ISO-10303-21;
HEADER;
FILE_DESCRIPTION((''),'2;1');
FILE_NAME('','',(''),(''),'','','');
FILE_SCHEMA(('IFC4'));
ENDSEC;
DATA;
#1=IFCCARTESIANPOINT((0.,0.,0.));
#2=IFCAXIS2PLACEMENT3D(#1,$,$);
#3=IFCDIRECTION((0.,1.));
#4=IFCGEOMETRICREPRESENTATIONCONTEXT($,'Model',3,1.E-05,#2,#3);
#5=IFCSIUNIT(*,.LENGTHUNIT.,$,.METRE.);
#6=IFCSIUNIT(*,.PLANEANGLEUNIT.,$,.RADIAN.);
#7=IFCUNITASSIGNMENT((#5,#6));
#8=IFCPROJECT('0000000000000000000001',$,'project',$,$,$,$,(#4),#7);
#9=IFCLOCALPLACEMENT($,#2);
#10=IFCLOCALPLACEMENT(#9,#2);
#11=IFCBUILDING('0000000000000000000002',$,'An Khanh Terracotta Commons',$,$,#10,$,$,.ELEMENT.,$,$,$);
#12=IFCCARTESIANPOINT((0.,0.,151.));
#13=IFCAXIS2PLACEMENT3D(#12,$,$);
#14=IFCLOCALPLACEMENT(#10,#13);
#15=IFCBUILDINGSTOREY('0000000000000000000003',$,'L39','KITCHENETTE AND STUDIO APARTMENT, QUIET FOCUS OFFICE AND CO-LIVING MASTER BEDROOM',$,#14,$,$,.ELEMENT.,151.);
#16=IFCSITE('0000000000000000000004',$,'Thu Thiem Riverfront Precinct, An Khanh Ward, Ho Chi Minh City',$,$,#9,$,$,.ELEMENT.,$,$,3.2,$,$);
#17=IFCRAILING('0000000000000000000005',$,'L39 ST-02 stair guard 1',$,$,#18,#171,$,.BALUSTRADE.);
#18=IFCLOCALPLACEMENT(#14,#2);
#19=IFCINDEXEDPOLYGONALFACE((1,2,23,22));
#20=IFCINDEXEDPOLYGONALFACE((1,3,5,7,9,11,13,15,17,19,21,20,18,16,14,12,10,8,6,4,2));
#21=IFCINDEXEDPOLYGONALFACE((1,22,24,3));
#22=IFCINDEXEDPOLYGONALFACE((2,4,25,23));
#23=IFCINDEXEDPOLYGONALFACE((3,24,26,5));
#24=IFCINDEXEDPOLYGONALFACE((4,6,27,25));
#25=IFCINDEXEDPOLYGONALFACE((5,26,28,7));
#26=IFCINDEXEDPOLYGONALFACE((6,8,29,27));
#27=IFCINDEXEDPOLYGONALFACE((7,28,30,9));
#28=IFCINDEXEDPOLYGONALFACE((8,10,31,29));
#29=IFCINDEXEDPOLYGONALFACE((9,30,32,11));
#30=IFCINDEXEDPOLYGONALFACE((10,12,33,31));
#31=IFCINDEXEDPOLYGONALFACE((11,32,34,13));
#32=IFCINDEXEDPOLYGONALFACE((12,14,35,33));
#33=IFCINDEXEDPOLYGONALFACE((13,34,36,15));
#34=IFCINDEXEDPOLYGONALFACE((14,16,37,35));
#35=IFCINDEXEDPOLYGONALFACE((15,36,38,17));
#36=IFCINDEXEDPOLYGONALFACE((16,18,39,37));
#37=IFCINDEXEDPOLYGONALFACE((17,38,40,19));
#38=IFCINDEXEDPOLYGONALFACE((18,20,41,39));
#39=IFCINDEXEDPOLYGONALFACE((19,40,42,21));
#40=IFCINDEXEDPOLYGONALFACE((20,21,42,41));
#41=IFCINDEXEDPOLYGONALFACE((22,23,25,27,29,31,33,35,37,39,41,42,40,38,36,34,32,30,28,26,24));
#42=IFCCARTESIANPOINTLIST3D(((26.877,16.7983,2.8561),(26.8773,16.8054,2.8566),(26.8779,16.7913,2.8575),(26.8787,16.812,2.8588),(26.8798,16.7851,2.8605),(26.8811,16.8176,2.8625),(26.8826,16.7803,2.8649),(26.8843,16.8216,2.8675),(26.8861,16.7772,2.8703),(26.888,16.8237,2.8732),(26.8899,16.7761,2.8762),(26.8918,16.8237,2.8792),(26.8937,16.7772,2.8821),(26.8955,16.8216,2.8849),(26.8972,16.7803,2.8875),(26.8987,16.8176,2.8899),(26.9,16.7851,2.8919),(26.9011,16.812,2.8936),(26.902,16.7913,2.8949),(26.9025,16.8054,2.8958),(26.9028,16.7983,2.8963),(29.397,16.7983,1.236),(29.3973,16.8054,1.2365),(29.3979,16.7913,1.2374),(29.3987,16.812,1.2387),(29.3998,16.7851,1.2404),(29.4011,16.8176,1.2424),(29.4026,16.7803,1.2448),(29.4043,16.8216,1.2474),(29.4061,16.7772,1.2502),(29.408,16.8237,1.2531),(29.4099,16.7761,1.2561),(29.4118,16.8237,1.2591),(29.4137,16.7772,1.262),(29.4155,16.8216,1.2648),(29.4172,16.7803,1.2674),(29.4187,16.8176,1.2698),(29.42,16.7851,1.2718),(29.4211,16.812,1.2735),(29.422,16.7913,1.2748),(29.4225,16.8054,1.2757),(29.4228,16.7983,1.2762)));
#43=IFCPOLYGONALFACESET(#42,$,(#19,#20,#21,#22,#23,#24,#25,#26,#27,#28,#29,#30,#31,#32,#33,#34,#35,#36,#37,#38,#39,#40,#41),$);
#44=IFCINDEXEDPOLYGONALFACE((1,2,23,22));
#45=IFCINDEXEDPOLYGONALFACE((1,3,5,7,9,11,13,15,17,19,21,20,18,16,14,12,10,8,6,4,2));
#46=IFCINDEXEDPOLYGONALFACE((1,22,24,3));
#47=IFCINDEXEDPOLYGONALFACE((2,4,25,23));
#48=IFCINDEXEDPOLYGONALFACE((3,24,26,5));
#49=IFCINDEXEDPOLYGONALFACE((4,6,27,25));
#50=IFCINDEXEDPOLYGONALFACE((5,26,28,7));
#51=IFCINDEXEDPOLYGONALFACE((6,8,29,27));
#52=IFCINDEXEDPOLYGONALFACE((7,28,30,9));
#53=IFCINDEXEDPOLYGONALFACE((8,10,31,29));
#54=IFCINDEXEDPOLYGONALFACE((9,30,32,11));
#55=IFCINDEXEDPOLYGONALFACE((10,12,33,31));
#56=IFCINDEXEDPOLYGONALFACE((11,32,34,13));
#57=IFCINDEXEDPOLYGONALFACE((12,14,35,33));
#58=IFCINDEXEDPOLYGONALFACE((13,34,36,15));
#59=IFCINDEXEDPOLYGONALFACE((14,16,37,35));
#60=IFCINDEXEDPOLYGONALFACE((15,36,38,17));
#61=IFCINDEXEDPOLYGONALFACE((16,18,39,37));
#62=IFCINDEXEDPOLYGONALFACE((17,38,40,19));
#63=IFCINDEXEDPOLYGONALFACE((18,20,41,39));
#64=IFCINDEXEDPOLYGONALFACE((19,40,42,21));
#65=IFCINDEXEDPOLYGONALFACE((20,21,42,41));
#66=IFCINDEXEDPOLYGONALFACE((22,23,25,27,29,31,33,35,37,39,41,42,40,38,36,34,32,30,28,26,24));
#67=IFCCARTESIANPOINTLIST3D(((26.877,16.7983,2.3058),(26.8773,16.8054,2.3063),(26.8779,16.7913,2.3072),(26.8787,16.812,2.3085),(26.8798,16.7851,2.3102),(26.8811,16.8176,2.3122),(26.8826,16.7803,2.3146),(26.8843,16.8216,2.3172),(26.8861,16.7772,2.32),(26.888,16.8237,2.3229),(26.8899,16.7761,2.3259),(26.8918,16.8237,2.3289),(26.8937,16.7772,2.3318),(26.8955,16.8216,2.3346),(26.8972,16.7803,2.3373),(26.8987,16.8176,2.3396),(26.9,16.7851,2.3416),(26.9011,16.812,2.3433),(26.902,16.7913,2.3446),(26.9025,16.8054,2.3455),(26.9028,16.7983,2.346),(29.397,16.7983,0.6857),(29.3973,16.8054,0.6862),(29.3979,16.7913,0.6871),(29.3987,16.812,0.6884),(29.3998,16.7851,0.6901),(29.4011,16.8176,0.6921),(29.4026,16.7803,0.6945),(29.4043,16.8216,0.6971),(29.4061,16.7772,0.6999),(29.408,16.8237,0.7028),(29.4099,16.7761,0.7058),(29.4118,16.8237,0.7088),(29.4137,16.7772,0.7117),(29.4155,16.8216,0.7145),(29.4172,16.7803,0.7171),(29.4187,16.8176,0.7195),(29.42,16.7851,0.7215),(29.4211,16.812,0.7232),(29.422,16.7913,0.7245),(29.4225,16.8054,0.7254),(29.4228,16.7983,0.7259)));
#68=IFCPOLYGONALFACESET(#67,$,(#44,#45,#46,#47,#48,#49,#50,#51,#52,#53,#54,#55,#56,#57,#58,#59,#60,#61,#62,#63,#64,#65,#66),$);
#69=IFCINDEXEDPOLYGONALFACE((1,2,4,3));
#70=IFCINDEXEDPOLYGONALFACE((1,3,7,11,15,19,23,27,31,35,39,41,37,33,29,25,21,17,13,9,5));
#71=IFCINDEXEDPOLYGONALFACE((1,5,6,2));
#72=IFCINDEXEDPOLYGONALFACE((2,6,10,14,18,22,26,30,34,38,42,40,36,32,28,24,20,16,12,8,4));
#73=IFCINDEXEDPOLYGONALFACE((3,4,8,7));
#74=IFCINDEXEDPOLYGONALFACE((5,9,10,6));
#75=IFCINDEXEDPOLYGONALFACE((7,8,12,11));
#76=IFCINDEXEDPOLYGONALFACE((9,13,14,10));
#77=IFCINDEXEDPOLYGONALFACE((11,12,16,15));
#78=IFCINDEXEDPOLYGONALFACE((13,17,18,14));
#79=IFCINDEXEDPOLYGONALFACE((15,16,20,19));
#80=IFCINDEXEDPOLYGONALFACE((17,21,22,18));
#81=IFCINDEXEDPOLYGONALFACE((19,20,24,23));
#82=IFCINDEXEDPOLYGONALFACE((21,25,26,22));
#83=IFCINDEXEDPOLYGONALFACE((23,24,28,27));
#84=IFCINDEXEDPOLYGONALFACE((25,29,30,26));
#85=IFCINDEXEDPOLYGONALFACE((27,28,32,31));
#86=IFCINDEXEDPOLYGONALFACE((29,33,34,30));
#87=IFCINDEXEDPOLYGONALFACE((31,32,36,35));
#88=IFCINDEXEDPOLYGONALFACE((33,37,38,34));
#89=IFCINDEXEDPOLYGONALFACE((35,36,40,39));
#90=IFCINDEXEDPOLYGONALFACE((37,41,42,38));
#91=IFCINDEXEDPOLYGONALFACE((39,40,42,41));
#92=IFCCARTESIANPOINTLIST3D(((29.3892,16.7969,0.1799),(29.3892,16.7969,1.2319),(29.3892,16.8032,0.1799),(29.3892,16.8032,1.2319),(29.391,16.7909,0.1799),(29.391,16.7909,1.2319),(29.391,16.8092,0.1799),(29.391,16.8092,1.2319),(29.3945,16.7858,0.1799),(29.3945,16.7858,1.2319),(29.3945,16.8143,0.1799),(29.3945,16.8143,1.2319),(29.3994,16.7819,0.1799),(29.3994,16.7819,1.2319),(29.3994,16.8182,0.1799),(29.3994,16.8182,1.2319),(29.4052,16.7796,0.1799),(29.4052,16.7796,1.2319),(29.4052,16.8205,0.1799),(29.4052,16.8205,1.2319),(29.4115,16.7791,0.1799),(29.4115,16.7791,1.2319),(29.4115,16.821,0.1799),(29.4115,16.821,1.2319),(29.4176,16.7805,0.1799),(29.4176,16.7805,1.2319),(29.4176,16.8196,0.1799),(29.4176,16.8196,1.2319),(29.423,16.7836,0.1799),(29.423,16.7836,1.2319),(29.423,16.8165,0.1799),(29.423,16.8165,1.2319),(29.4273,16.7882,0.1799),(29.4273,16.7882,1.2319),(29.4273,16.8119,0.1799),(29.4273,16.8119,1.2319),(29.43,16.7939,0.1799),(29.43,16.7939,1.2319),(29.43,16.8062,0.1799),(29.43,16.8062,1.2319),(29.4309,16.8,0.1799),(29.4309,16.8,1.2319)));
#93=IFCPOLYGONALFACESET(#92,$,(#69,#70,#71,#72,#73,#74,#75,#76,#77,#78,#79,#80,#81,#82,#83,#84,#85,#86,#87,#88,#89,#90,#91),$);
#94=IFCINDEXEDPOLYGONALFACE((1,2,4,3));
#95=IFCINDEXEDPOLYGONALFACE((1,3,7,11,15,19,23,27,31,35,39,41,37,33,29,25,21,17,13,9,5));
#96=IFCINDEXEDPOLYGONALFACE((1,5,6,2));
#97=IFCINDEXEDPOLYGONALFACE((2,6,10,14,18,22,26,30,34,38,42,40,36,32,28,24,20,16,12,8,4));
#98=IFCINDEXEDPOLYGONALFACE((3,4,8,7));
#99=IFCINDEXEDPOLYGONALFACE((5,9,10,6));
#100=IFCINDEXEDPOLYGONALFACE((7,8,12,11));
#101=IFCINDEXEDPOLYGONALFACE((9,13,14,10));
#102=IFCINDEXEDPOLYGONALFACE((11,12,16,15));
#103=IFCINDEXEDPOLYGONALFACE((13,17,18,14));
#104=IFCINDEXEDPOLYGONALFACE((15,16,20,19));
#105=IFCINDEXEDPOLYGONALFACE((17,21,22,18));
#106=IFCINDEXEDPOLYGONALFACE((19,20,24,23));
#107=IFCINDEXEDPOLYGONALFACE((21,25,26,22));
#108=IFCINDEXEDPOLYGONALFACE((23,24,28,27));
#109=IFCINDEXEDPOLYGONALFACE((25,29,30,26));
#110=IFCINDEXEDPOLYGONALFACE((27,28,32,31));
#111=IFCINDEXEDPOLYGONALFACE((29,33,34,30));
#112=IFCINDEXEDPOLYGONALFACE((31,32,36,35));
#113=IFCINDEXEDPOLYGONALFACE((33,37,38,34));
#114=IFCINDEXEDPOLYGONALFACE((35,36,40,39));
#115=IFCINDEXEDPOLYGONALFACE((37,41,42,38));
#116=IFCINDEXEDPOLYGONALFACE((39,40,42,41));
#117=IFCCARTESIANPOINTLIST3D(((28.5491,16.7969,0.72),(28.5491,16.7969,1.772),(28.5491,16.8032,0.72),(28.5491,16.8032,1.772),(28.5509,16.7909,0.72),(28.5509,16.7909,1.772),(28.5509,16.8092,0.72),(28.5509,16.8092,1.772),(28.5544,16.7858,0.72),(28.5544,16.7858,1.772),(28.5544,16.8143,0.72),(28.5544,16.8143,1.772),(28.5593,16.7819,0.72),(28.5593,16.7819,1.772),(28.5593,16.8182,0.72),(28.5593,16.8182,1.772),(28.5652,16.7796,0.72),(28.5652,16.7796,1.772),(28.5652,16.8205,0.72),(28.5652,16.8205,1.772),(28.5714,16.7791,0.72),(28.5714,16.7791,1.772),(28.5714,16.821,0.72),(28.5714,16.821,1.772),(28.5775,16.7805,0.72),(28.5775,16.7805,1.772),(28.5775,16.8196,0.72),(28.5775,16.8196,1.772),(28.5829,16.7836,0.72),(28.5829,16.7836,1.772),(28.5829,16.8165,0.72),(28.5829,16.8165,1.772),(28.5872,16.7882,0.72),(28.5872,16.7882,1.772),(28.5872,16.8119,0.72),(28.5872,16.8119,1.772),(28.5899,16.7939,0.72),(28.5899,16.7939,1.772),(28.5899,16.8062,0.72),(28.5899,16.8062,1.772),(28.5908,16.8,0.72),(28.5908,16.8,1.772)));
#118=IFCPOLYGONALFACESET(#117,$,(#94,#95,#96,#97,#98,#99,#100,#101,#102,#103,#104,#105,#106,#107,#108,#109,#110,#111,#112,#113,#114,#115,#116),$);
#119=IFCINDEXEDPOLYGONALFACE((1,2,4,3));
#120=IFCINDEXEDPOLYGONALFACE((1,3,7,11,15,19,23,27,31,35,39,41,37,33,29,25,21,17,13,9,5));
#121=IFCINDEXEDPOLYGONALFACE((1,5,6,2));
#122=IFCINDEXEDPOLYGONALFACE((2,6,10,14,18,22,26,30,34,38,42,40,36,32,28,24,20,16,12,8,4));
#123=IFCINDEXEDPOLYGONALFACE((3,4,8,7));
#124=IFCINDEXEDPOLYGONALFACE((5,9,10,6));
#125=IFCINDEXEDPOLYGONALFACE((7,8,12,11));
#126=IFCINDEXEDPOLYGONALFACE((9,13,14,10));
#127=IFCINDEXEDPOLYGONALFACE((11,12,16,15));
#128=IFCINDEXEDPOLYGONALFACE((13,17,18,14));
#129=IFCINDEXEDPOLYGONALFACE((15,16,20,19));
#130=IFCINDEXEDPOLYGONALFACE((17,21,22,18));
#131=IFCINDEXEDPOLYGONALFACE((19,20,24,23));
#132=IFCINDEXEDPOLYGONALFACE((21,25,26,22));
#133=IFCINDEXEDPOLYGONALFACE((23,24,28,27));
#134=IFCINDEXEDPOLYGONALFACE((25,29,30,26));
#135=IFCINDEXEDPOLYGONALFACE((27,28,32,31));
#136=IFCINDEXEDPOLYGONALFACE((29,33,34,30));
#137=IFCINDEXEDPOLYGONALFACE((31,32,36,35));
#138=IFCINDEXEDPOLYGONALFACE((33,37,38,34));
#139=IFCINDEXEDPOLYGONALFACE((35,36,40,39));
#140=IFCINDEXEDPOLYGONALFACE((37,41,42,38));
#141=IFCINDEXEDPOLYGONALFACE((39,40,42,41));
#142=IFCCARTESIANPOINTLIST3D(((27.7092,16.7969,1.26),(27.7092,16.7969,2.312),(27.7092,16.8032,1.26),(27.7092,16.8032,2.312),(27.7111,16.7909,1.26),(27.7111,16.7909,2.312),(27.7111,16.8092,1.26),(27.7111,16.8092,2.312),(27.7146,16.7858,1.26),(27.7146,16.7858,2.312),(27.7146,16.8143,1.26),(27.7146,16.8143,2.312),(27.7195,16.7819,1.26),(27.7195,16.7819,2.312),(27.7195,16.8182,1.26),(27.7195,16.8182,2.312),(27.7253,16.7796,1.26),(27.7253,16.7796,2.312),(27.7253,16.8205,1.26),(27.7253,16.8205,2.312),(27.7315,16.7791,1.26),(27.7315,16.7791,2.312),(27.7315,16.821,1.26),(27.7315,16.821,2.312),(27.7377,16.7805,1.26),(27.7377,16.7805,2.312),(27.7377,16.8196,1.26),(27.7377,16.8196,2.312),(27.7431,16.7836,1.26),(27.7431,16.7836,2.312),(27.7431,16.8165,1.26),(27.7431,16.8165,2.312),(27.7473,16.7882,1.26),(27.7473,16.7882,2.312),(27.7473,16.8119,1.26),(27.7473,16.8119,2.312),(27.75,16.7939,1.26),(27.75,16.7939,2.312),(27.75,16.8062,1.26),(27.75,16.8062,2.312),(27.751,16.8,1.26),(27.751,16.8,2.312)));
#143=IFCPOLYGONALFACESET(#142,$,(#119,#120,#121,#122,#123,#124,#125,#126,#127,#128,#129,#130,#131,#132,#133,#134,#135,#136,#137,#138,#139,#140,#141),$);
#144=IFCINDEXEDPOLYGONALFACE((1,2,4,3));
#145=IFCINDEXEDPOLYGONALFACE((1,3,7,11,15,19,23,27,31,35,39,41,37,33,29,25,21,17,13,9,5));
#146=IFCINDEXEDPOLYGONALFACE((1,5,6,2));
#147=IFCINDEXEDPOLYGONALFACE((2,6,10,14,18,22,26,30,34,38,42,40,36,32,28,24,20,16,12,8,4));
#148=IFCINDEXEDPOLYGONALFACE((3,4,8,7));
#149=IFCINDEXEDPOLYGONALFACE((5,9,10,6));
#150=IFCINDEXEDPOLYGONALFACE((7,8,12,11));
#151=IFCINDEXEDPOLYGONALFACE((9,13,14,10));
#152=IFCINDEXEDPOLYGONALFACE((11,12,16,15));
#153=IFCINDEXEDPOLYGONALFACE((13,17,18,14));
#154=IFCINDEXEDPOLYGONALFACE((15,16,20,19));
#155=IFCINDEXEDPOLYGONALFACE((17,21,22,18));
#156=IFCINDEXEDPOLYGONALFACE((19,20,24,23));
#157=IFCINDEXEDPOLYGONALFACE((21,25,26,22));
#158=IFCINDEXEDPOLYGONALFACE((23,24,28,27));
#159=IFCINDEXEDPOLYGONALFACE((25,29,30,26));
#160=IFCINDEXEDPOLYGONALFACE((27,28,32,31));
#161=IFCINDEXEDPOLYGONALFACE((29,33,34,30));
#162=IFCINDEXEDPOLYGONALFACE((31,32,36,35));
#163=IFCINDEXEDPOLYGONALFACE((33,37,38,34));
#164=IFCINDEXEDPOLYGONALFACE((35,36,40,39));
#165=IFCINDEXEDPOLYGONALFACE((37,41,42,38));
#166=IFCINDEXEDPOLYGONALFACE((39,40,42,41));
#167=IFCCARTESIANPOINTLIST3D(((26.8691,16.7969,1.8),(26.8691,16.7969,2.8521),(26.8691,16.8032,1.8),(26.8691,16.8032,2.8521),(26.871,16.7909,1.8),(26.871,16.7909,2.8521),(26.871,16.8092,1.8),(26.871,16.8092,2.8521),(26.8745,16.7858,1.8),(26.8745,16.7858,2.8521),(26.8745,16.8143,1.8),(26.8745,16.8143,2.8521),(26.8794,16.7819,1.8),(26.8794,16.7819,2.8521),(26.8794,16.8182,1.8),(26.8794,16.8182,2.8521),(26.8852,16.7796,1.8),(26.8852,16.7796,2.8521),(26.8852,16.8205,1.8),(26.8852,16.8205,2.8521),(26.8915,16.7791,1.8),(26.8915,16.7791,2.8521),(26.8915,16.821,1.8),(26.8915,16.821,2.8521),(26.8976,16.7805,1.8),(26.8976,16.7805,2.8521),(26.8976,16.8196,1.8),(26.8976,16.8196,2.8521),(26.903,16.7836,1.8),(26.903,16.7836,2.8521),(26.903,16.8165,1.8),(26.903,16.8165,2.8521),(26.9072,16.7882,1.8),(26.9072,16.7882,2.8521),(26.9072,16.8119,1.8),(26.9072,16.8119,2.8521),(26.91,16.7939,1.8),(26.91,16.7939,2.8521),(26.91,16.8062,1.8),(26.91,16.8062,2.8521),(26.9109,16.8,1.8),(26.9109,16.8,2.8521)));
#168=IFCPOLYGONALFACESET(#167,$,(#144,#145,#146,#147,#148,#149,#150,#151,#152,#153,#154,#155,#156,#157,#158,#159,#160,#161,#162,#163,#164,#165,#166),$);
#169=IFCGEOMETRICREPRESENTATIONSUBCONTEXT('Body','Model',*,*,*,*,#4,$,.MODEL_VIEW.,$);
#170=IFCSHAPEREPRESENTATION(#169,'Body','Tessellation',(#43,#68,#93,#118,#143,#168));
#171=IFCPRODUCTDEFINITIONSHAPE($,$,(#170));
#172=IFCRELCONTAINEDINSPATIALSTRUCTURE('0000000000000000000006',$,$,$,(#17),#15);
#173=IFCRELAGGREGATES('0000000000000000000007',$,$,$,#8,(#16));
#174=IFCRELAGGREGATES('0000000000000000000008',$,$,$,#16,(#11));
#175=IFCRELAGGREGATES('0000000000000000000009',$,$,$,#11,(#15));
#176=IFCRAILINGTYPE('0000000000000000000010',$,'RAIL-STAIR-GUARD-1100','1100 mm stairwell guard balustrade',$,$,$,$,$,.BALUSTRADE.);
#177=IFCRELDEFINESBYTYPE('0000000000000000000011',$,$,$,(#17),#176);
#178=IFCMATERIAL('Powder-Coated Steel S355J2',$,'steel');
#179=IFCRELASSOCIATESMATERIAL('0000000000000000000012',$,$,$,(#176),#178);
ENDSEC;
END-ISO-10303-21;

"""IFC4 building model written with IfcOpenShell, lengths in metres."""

from ifc_helpers import new_model, si_unit, direction, frame, origin, origin_2d, place, context, subcontext, project, spatial, circle, extrude, material, type_object, element, save


model = new_model("IFC4")

# Units and contexts
model_context = context("Model", 3, precision=1e-05, world=origin(), true_north=direction((0.0, 1.0)))
body_context = subcontext(model_context, "Body", "Model", "MODEL_VIEW")
ifc_project = project(units=[si_unit("LENGTHUNIT", "METRE"), si_unit("PLANEANGLEUNIT", "RADIAN")], contexts=[model_context])

# Site, building, storey
site_placement = place(None, origin())
site = spatial("IfcSite", under=ifc_project, at=site_placement, Name="Thu Thiem Riverfront Precinct, An Khanh Ward, Ho Chi Minh City", CompositionType="ELEMENT", RefElevation=3.2)
building_placement = place(site_placement, origin())
building = spatial("IfcBuilding", under=site, at=building_placement, Name="An Khanh Terracotta Commons", CompositionType="ELEMENT")
storey_placement = place(building_placement, frame((0.0, 0.0, 151.0)))
storey = spatial("IfcBuildingStorey", under=building, at=storey_placement, Name="L39", Description="KITCHENETTE AND STUDIO APARTMENT, QUIET FOCUS OFFICE AND CO-LIVING MASTER BEDROOM", CompositionType="ELEMENT", Elevation=151.0)

# Railing
ifc_material_1 = material(Name="Powder-Coated Steel S355J2", Category="steel")
railing_type_1 = type_object("IfcRailingType", Name="RAIL-STAIR-GUARD-1100", Description="1100 mm stairwell guard balustrade", PredefinedType="BALUSTRADE", material=ifc_material_1)
railing_1_placement = place(storey_placement, frame((29.4099, 16.8, 0.1799)))
element("IfcRailing", 1, at=railing_1_placement, inside=storey, type_object=railing_type_1, Name="L39 ST-02 stair guard 1", PredefinedType="BALUSTRADE", context=body_context, shape_type="SweptSolid", body=[
    extrude(circle(Radius=0.0239, at=origin_2d()), frame((0.0, 0.0, 1.0762), z_axis=(-0.841163, 0.0, 0.540782), x_axis=(0.0, -1.0, 0.0)), (0.0, 0.0, 1.0), 2.9958),
    extrude(circle(Radius=0.0239, at=origin_2d()), frame((0.0, 0.0, 0.5259), z_axis=(-0.841163, 0.0, 0.540782), x_axis=(0.0, -1.0, 0.0)), (0.0, 0.0, 1.0), 2.9958),
    extrude(circle(Radius=0.021, at=origin_2d()), origin(), (0.0, 0.0, 1.0), 1.052),
    extrude(circle(Radius=0.021, at=origin_2d()), frame((-0.8401, 0.0, 0.54)), (0.0, 0.0, 1.0), 1.052),
    extrude(circle(Radius=0.021, at=origin_2d()), frame((-1.6799, 0.0, 1.0801)), (0.0, 0.0, 1.0), 1.052),
    extrude(circle(Radius=0.021, at=origin_2d()), frame((-2.52, 0.0, 1.6201)), (0.0, 0.0, 1.0), 1.052),
])

save(model, "model.ifc")
